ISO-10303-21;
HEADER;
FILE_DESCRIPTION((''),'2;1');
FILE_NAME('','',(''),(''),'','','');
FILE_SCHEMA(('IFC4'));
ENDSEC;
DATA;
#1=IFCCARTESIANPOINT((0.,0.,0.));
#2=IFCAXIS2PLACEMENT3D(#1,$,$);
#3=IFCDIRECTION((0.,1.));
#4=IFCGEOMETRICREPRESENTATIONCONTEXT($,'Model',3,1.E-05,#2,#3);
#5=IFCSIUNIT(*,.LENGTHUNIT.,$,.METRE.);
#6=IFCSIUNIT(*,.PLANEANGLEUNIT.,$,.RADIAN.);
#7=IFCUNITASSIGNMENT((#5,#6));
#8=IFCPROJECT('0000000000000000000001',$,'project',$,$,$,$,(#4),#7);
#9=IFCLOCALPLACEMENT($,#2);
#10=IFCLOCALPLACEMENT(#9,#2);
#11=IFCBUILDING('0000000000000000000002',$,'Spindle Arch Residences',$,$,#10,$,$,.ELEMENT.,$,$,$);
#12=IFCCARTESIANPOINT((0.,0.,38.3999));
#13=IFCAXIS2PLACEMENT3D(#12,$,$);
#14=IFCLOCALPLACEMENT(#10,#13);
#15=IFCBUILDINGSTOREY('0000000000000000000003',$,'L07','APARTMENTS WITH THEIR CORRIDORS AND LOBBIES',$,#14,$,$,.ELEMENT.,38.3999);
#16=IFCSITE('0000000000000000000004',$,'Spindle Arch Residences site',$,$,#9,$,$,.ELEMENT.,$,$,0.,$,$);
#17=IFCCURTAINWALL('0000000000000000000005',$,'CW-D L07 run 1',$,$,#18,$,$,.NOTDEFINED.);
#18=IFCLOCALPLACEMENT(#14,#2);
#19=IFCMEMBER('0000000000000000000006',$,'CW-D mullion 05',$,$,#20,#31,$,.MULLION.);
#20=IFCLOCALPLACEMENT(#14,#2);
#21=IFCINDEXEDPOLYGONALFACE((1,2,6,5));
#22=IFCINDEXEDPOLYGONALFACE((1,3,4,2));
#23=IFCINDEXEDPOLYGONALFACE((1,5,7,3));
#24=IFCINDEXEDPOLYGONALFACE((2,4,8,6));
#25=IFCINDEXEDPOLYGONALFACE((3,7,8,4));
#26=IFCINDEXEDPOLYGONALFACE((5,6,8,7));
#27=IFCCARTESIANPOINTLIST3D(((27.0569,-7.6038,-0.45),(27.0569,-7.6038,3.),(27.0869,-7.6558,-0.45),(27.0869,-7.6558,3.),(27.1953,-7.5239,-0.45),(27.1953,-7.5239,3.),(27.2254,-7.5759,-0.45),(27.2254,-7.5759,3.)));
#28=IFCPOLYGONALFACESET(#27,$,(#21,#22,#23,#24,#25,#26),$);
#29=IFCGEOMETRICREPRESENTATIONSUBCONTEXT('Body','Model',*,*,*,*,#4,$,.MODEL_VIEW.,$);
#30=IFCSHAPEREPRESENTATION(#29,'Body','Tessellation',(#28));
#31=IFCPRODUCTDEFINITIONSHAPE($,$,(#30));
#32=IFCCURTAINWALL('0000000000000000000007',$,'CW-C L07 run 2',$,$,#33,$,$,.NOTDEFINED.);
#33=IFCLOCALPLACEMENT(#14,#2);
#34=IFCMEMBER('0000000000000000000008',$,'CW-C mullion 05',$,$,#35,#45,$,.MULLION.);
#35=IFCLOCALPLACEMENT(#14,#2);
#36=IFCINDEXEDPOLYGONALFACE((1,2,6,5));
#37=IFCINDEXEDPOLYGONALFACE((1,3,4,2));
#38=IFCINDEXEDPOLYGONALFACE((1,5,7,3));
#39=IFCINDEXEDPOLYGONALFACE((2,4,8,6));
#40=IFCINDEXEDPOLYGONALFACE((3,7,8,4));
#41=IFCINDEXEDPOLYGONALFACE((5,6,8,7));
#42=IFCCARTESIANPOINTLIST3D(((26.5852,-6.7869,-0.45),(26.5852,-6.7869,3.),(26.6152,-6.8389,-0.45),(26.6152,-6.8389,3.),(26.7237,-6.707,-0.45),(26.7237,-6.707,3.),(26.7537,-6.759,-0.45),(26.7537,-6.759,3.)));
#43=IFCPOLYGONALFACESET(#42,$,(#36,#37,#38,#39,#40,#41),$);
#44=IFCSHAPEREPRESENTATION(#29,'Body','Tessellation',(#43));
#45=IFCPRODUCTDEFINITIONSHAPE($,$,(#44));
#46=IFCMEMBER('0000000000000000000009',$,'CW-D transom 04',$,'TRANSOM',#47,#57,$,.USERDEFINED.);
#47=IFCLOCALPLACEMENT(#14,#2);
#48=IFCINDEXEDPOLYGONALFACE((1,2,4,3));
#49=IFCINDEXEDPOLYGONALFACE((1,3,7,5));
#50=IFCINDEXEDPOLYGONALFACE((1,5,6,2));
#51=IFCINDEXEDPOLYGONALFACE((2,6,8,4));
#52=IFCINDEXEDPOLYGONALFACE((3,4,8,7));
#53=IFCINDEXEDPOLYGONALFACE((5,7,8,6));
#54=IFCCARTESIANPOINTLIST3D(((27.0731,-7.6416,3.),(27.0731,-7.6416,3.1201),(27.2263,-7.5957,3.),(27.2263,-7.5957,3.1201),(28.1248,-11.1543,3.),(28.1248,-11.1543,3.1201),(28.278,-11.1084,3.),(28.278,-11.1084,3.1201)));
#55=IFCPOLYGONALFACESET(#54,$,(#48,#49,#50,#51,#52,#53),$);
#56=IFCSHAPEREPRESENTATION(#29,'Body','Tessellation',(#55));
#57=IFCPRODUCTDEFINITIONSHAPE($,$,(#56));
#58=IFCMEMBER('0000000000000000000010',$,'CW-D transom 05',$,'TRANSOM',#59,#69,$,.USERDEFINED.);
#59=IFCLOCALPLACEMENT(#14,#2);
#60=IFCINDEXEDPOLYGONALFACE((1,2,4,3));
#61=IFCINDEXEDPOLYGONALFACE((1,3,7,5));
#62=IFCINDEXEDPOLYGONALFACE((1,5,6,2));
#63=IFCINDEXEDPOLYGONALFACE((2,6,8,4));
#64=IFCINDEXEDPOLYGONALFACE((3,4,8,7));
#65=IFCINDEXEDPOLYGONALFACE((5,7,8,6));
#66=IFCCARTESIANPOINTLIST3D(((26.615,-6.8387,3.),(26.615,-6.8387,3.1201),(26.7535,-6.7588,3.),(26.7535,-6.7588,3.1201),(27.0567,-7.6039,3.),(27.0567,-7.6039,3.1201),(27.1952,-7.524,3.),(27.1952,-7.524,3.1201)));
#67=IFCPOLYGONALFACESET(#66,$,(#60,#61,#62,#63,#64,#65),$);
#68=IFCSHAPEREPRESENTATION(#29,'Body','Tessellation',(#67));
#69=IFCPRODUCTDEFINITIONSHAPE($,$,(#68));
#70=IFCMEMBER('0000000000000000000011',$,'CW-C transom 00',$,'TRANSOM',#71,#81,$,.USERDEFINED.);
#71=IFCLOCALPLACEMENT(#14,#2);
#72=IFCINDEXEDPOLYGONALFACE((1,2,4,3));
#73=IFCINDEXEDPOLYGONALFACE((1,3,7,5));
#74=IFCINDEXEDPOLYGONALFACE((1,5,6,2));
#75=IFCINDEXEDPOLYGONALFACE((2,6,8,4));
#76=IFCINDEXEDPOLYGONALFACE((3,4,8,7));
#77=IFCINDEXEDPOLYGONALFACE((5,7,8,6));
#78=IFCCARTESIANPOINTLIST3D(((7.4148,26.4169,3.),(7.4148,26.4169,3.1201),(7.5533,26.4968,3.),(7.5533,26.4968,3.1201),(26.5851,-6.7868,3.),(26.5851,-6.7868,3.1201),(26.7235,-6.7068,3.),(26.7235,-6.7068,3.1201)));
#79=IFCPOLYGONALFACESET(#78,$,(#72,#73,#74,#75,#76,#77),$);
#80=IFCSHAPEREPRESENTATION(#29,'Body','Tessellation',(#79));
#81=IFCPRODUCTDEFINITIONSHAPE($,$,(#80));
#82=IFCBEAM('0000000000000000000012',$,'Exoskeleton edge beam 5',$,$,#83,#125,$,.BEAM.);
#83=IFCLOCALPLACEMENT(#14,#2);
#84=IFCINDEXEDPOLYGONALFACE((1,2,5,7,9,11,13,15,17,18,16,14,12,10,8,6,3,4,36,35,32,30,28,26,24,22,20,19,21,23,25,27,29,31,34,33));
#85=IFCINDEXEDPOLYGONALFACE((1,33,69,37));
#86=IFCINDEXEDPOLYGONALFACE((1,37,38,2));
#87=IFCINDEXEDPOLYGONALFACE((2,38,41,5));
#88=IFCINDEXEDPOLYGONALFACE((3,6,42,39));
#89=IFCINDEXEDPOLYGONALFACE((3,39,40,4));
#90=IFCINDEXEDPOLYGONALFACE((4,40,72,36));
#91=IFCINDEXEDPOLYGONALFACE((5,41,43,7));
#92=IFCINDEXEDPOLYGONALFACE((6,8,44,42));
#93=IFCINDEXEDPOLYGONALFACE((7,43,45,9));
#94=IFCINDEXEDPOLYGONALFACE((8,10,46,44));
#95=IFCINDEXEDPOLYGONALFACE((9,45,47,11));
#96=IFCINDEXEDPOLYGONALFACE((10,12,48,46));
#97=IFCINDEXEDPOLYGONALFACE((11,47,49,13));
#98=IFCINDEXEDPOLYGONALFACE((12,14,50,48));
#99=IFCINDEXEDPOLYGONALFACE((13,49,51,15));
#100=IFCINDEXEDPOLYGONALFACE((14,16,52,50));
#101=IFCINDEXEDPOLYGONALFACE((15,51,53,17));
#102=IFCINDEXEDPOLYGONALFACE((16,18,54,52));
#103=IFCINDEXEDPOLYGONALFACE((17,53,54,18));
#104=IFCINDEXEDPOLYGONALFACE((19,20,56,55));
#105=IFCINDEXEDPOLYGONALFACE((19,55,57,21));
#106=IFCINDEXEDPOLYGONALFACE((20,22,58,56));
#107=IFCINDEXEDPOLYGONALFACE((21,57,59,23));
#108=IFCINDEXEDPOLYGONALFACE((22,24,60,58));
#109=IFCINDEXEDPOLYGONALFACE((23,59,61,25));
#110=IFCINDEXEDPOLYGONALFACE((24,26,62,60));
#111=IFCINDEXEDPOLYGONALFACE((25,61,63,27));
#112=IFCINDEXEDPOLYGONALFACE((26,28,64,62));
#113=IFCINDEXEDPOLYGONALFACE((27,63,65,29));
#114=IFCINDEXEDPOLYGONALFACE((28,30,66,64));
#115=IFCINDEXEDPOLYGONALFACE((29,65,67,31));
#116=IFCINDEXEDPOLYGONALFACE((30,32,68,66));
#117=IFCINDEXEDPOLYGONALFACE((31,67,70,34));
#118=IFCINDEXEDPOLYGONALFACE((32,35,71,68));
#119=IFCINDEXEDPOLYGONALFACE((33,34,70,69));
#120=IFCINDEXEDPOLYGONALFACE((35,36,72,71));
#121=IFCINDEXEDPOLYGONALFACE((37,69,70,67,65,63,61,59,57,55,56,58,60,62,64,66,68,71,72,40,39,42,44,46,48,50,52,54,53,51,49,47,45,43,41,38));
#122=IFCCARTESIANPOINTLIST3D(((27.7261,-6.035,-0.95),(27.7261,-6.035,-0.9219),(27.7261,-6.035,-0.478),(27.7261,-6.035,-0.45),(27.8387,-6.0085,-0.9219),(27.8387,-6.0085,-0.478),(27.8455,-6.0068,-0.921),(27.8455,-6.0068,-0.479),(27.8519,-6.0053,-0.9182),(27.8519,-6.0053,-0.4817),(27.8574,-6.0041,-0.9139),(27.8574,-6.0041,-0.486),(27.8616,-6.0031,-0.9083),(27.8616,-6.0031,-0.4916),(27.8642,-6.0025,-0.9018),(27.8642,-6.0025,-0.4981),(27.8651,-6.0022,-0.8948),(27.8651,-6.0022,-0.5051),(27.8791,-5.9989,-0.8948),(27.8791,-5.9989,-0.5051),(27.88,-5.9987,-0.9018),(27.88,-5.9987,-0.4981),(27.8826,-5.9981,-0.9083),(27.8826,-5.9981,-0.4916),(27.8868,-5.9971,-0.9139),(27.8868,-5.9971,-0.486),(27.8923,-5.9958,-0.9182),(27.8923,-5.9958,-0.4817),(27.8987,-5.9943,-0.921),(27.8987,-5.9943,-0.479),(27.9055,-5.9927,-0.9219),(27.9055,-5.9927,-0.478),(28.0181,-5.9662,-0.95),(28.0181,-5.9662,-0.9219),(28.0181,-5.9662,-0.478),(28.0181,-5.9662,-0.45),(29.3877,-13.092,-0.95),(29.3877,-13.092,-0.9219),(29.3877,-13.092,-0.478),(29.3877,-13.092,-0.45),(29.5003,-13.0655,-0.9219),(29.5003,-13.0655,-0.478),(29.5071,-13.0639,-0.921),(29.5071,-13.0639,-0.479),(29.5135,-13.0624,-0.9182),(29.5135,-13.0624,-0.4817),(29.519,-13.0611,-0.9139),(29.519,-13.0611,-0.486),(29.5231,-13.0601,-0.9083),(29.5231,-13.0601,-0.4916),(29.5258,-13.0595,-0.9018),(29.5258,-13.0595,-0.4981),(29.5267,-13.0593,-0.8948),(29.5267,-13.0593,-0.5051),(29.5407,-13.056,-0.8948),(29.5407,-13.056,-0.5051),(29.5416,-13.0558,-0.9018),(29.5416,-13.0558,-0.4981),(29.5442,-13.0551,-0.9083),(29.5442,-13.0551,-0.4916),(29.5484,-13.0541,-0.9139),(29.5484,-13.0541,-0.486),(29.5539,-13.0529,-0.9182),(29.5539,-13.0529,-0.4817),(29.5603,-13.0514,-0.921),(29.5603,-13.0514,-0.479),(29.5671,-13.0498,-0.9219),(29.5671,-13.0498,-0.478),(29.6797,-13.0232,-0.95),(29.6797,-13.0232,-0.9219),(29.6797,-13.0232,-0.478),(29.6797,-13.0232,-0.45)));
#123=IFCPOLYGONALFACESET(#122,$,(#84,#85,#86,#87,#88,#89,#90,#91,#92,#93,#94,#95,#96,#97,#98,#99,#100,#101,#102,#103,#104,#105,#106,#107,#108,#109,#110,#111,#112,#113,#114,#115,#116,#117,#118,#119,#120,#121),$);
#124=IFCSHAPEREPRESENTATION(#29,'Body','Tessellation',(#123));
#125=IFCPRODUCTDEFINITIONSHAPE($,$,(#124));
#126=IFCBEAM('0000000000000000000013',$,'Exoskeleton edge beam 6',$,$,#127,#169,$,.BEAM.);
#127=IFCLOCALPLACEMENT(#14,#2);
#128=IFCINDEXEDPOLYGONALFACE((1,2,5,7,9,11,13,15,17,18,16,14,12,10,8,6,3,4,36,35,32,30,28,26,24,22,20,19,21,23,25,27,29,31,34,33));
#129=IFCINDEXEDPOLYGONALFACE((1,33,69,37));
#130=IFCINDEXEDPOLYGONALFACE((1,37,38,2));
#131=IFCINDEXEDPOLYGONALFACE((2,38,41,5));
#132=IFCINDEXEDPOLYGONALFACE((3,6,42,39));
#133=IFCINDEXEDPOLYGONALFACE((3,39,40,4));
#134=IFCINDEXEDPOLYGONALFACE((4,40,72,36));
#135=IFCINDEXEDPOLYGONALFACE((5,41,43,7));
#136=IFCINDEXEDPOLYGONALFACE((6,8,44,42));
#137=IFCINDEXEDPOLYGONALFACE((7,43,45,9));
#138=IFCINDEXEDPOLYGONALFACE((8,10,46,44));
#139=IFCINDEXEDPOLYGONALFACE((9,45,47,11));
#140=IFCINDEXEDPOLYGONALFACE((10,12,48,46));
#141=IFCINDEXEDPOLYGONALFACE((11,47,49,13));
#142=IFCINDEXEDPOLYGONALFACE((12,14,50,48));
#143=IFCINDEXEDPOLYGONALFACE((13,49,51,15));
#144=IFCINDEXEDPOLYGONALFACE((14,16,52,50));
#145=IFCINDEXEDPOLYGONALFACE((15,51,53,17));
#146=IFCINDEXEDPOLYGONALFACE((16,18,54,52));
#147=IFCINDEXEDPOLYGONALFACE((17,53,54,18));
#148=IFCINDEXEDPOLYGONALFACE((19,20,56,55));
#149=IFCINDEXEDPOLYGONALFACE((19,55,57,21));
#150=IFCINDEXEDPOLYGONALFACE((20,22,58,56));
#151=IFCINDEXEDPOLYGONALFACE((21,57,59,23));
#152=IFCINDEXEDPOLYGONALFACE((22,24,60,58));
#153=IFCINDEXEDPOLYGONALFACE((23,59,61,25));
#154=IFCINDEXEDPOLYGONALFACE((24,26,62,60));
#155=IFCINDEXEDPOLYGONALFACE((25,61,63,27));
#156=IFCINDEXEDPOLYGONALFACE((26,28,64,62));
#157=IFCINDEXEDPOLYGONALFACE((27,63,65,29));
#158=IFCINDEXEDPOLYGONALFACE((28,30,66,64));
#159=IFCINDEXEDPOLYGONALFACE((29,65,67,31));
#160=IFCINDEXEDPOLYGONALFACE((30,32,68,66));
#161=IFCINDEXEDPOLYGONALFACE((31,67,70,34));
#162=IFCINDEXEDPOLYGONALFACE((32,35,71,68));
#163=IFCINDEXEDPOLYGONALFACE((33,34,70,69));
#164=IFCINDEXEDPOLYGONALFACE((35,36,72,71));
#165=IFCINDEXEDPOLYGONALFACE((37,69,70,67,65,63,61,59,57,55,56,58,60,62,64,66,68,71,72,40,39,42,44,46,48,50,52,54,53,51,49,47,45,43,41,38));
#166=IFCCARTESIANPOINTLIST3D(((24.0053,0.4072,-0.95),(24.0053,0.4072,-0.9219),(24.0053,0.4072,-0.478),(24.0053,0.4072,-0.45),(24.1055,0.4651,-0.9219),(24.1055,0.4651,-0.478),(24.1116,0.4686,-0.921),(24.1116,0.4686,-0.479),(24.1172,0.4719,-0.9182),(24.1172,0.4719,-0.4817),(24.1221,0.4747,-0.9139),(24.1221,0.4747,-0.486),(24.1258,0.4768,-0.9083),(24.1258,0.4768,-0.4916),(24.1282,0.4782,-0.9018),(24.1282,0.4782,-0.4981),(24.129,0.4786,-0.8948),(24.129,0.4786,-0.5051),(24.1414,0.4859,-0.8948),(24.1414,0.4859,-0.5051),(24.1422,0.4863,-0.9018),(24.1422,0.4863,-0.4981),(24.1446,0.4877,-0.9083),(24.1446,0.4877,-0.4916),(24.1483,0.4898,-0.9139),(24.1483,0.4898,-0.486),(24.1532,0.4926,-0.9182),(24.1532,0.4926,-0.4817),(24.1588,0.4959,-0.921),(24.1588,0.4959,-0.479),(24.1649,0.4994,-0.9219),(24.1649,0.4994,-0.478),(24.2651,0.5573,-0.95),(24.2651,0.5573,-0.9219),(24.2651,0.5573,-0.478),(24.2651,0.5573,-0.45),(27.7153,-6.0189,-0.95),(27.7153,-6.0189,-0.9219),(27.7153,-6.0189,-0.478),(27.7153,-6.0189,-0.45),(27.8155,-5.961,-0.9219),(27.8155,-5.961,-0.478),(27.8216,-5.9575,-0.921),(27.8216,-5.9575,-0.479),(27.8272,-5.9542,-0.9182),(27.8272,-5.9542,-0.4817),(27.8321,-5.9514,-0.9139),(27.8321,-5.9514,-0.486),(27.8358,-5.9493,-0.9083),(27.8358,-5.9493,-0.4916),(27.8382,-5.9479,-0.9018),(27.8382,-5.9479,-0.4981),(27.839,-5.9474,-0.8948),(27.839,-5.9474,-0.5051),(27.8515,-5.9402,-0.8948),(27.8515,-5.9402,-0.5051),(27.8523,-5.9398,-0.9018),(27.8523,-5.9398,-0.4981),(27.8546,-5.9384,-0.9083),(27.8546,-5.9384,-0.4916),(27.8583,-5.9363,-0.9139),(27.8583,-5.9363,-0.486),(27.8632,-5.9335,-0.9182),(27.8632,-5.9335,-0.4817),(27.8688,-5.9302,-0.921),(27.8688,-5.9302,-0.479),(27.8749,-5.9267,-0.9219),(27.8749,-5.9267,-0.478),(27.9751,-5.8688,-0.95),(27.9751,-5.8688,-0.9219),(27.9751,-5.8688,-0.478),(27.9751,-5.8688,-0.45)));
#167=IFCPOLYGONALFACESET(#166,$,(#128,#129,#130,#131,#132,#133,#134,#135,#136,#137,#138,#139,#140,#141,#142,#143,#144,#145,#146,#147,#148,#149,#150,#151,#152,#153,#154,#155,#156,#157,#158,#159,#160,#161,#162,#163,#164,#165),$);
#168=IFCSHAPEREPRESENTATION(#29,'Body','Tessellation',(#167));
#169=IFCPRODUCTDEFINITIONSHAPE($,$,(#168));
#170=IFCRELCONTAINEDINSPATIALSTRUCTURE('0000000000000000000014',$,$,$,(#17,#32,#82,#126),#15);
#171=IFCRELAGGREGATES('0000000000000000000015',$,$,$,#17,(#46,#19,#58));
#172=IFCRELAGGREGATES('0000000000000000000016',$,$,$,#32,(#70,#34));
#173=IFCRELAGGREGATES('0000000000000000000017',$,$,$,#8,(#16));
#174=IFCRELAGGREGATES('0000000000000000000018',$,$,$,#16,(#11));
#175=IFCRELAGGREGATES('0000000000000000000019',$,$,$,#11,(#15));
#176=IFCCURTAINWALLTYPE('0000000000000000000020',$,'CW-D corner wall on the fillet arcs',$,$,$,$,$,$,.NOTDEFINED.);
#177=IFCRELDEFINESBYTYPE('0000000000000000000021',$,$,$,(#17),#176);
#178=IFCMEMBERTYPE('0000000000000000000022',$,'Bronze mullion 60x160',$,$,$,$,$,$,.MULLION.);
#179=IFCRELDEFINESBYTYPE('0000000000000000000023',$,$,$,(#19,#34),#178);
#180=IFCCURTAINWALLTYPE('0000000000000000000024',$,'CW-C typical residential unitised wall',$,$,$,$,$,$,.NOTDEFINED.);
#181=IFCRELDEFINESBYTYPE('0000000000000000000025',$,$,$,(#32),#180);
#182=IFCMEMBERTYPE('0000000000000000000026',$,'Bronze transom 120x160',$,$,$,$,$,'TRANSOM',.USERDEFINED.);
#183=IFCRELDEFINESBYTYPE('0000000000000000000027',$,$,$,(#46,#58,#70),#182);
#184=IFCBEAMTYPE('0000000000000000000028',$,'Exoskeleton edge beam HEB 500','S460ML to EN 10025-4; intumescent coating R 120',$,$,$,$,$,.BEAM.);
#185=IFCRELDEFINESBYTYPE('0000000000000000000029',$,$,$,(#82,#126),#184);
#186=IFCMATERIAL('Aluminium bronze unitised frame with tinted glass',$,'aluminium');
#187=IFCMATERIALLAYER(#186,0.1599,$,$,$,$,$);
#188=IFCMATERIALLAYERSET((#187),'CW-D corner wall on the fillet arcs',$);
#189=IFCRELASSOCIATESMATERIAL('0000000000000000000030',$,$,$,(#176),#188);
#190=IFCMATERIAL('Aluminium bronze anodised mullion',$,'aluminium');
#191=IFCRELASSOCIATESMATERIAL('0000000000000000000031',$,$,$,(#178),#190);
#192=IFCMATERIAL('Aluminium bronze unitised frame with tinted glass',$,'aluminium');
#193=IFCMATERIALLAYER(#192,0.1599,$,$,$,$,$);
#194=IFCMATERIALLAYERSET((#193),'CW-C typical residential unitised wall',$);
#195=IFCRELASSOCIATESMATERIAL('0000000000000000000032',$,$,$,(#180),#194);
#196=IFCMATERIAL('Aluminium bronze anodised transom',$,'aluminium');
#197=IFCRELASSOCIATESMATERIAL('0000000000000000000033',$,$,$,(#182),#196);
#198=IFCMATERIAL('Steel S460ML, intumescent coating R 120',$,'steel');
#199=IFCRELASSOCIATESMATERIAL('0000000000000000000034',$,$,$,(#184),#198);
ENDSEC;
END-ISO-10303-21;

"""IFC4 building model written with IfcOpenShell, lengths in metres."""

from ifc_helpers import new_model, si_unit, direction, frame, origin, origin_2d, place, context, subcontext, project, spatial, rectangle, i_section, extrude, material, layer, layer_set, material_profile, profile_set, type_object, element, aggregate, save


model = new_model("IFC4")

# Units and contexts
model_context = context("Model", 3, precision=1e-05, world=origin(), true_north=direction((0.0, 1.0)))
body_context = subcontext(model_context, "Body", "Model", "MODEL_VIEW")
ifc_project = project(units=[si_unit("LENGTHUNIT", "METRE"), si_unit("PLANEANGLEUNIT", "RADIAN")], contexts=[model_context])

# Site, building, storey
site_placement = place(None, origin())
site = spatial("IfcSite", under=ifc_project, at=site_placement, Name="Spindle Arch Residences site", CompositionType="ELEMENT", RefElevation=0.0)
building_placement = place(site_placement, origin())
building = spatial("IfcBuilding", under=site, at=building_placement, Name="Spindle Arch Residences", CompositionType="ELEMENT")
storey_placement = place(building_placement, frame((0.0, 0.0, 38.3999)))
storey = spatial("IfcBuildingStorey", under=building, at=storey_placement, Name="L07", Description="APARTMENTS WITH THEIR CORRIDORS AND LOBBIES", CompositionType="ELEMENT", Elevation=38.3999)

# Curtain wall, member
ifc_material_1 = material(Name="Aluminium bronze unitised frame with tinted glass", Category="aluminium")
ifc_layer_1 = layer(ifc_material_1, 0.1599)
ifc_layer_set_1 = layer_set([ifc_layer_1], Name="CW-D corner wall on the fillet arcs")
curtain_wall_type_1 = type_object("IfcCurtainWallType", Name="CW-D corner wall on the fillet arcs", PredefinedType="NOTDEFINED", material=ifc_layer_set_1)
curtain_wall_1_placement = place(storey_placement, origin())
curtain_wall_1 = element("IfcCurtainWall", 1, at=curtain_wall_1_placement, inside=storey, type_object=curtain_wall_type_1, Name="CW-D L07 run 1", PredefinedType="NOTDEFINED")
ifc_material_2 = material(Name="Aluminium bronze anodised mullion", Category="aluminium")
ifc_material_profile_1 = material_profile(ifc_material_2, rectangle(XDim=0.1599, YDim=0.0601, at=origin_2d()), Name="MU 60x160")
ifc_profile_set_1 = profile_set([ifc_material_profile_1], Name="Aluminium bronze anodised mullion")
member_type_1 = type_object("IfcMemberType", Name="Bronze mullion 60x160", PredefinedType="MULLION", material=ifc_profile_set_1)
member_1_placement = place(storey_placement, frame((27.1411, -7.5898, -0.45), z_axis=(0.0, 0.0, 1.0), x_axis=(-0.866025, -0.5, 0.0)))
member_1 = element("IfcMember", 2, at=member_1_placement, type_object=member_type_1, Name="CW-D mullion 05", PredefinedType="MULLION", context=body_context, shape_type="SweptSolid", body=[
    extrude(rectangle(XDim=0.1599, YDim=0.0601, at=origin_2d()), origin(), (0.0, 0.0, 1.0), 3.45),
])

# Curtain wall, member
ifc_material_3 = material(Name="Aluminium bronze unitised frame with tinted glass", Category="aluminium")
ifc_layer_2 = layer(ifc_material_3, 0.1599)
ifc_layer_set_2 = layer_set([ifc_layer_2], Name="CW-C typical residential unitised wall")
curtain_wall_type_2 = type_object("IfcCurtainWallType", Name="CW-C typical residential unitised wall", PredefinedType="NOTDEFINED", material=ifc_layer_set_2)
curtain_wall_2_placement = place(storey_placement, origin())
curtain_wall_2 = element("IfcCurtainWall", 3, at=curtain_wall_2_placement, inside=storey, type_object=curtain_wall_type_2, Name="CW-C L07 run 2", PredefinedType="NOTDEFINED")
member_2_placement = place(storey_placement, frame((26.6694, -6.7729, -0.45), z_axis=(0.0, 0.0, 1.0), x_axis=(-0.866025, -0.5, 0.0)))
member_2 = element("IfcMember", 4, at=member_2_placement, type_object=member_type_1, Name="CW-C mullion 05", PredefinedType="MULLION", context=body_context, shape_type="SweptSolid", body=[
    extrude(rectangle(XDim=0.1599, YDim=0.0601, at=origin_2d()), origin(), (0.0, 0.0, 1.0), 3.45),
])

# Members
ifc_material_4 = material(Name="Aluminium bronze anodised transom", Category="aluminium")
ifc_material_profile_2 = material_profile(ifc_material_4, rectangle(XDim=0.1599, YDim=0.1201, at=origin_2d()), Name="TR 120x160")
ifc_profile_set_2 = profile_set([ifc_material_profile_2], Name="Aluminium bronze anodised transom")
member_type_2 = type_object("IfcMemberType", Name="Bronze transom 120x160", ElementType="TRANSOM", PredefinedType="USERDEFINED", material=ifc_profile_set_2)
member_3_placement = place(storey_placement, frame((28.2014, -11.1313, 3.0601), z_axis=(-0.286835, 0.95798, 0.0), x_axis=(-0.95798, -0.286835, 0.0)))
member_3 = element("IfcMember", 5, at=member_3_placement, type_object=member_type_2, Name="CW-D transom 04", ObjectType="TRANSOM", PredefinedType="USERDEFINED", context=body_context, shape_type="SweptSolid", body=[
    extrude(rectangle(XDim=0.1599, YDim=0.1201, at=origin_2d()), origin(), (0.0, 0.0, 1.0), 3.6667),
])
member_4_placement = place(storey_placement, frame((27.126, -7.564, 3.0601), z_axis=(-0.499914, 0.866075, 0.0), x_axis=(-0.866075, -0.499914, 0.0)))
member_4 = element("IfcMember", 6, at=member_4_placement, type_object=member_type_2, Name="CW-D transom 05", ObjectType="TRANSOM", PredefinedType="USERDEFINED", context=body_context, shape_type="SweptSolid", body=[
    extrude(rectangle(XDim=0.1599, YDim=0.1201, at=origin_2d()), origin(), (0.0, 0.0, 1.0), 0.8835),
])
member_5_placement = place(storey_placement, frame((26.6543, -6.7468, 3.0601), z_axis=(-0.500001, 0.866025, 0.0), x_axis=(-0.866025, -0.500001, 0.0)))
member_5 = element("IfcMember", 7, at=member_5_placement, type_object=member_type_2, Name="CW-C transom 00", ObjectType="TRANSOM", PredefinedType="USERDEFINED", context=body_context, shape_type="SweptSolid", body=[
    extrude(rectangle(XDim=0.1599, YDim=0.1201, at=origin_2d()), origin(), (0.0, 0.0, 1.0), 38.3403),
])

# Beams
ifc_material_5 = material(Name="Steel S460ML, intumescent coating R 120", Category="steel")
ifc_material_profile_3 = material_profile(ifc_material_5, i_section(OverallWidth=0.3, OverallDepth=0.5, WebThickness=0.0144, FlangeThickness=0.0281, FilletRadius=0.0271, at=origin_2d()), Name="HEB 500")
ifc_profile_set_3 = profile_set([ifc_material_profile_3], Name="Steel S460ML, intumescent coating R 120")
beam_type_1 = type_object("IfcBeamType", Name="Exoskeleton edge beam HEB 500", Description="S460ML to EN 10025-4; intumescent coating R 120", PredefinedType="BEAM", material=ifc_profile_set_3)
beam_1_placement = place(storey_placement, frame((29.5337, -13.0576, -0.7), z_axis=(-0.229186, 0.973383, 0.0), x_axis=(-0.973383, -0.229186, 0.0)))
element("IfcBeam", 8, at=beam_1_placement, inside=storey, type_object=beam_type_1, Name="Exoskeleton edge beam 5", PredefinedType="BEAM", context=body_context, shape_type="SweptSolid", body=[
    extrude(i_section(OverallWidth=0.3, OverallDepth=0.5, WebThickness=0.0144, FlangeThickness=0.0281, FilletRadius=0.0271, at=origin_2d()), origin(), (0.0, 0.0, 1.0), 7.25),
])
beam_2_placement = place(storey_placement, frame((27.8452, -5.9438, -0.7), z_axis=(-0.499989, 0.866032, 0.0), x_axis=(-0.866032, -0.499989, 0.0)))
element("IfcBeam", 9, at=beam_2_placement, inside=storey, type_object=beam_type_1, Name="Exoskeleton edge beam 6", PredefinedType="BEAM", context=body_context, shape_type="SweptSolid", body=[
    extrude(i_section(OverallWidth=0.3, OverallDepth=0.5, WebThickness=0.0144, FlangeThickness=0.0281, FilletRadius=0.0271, at=origin_2d()), origin(), (0.0, 0.0, 1.0), 7.4202),
])

aggregate(curtain_wall_1, [member_3, member_1, member_4])
aggregate(curtain_wall_2, [member_5, member_2])

save(model, "model.ifc")
